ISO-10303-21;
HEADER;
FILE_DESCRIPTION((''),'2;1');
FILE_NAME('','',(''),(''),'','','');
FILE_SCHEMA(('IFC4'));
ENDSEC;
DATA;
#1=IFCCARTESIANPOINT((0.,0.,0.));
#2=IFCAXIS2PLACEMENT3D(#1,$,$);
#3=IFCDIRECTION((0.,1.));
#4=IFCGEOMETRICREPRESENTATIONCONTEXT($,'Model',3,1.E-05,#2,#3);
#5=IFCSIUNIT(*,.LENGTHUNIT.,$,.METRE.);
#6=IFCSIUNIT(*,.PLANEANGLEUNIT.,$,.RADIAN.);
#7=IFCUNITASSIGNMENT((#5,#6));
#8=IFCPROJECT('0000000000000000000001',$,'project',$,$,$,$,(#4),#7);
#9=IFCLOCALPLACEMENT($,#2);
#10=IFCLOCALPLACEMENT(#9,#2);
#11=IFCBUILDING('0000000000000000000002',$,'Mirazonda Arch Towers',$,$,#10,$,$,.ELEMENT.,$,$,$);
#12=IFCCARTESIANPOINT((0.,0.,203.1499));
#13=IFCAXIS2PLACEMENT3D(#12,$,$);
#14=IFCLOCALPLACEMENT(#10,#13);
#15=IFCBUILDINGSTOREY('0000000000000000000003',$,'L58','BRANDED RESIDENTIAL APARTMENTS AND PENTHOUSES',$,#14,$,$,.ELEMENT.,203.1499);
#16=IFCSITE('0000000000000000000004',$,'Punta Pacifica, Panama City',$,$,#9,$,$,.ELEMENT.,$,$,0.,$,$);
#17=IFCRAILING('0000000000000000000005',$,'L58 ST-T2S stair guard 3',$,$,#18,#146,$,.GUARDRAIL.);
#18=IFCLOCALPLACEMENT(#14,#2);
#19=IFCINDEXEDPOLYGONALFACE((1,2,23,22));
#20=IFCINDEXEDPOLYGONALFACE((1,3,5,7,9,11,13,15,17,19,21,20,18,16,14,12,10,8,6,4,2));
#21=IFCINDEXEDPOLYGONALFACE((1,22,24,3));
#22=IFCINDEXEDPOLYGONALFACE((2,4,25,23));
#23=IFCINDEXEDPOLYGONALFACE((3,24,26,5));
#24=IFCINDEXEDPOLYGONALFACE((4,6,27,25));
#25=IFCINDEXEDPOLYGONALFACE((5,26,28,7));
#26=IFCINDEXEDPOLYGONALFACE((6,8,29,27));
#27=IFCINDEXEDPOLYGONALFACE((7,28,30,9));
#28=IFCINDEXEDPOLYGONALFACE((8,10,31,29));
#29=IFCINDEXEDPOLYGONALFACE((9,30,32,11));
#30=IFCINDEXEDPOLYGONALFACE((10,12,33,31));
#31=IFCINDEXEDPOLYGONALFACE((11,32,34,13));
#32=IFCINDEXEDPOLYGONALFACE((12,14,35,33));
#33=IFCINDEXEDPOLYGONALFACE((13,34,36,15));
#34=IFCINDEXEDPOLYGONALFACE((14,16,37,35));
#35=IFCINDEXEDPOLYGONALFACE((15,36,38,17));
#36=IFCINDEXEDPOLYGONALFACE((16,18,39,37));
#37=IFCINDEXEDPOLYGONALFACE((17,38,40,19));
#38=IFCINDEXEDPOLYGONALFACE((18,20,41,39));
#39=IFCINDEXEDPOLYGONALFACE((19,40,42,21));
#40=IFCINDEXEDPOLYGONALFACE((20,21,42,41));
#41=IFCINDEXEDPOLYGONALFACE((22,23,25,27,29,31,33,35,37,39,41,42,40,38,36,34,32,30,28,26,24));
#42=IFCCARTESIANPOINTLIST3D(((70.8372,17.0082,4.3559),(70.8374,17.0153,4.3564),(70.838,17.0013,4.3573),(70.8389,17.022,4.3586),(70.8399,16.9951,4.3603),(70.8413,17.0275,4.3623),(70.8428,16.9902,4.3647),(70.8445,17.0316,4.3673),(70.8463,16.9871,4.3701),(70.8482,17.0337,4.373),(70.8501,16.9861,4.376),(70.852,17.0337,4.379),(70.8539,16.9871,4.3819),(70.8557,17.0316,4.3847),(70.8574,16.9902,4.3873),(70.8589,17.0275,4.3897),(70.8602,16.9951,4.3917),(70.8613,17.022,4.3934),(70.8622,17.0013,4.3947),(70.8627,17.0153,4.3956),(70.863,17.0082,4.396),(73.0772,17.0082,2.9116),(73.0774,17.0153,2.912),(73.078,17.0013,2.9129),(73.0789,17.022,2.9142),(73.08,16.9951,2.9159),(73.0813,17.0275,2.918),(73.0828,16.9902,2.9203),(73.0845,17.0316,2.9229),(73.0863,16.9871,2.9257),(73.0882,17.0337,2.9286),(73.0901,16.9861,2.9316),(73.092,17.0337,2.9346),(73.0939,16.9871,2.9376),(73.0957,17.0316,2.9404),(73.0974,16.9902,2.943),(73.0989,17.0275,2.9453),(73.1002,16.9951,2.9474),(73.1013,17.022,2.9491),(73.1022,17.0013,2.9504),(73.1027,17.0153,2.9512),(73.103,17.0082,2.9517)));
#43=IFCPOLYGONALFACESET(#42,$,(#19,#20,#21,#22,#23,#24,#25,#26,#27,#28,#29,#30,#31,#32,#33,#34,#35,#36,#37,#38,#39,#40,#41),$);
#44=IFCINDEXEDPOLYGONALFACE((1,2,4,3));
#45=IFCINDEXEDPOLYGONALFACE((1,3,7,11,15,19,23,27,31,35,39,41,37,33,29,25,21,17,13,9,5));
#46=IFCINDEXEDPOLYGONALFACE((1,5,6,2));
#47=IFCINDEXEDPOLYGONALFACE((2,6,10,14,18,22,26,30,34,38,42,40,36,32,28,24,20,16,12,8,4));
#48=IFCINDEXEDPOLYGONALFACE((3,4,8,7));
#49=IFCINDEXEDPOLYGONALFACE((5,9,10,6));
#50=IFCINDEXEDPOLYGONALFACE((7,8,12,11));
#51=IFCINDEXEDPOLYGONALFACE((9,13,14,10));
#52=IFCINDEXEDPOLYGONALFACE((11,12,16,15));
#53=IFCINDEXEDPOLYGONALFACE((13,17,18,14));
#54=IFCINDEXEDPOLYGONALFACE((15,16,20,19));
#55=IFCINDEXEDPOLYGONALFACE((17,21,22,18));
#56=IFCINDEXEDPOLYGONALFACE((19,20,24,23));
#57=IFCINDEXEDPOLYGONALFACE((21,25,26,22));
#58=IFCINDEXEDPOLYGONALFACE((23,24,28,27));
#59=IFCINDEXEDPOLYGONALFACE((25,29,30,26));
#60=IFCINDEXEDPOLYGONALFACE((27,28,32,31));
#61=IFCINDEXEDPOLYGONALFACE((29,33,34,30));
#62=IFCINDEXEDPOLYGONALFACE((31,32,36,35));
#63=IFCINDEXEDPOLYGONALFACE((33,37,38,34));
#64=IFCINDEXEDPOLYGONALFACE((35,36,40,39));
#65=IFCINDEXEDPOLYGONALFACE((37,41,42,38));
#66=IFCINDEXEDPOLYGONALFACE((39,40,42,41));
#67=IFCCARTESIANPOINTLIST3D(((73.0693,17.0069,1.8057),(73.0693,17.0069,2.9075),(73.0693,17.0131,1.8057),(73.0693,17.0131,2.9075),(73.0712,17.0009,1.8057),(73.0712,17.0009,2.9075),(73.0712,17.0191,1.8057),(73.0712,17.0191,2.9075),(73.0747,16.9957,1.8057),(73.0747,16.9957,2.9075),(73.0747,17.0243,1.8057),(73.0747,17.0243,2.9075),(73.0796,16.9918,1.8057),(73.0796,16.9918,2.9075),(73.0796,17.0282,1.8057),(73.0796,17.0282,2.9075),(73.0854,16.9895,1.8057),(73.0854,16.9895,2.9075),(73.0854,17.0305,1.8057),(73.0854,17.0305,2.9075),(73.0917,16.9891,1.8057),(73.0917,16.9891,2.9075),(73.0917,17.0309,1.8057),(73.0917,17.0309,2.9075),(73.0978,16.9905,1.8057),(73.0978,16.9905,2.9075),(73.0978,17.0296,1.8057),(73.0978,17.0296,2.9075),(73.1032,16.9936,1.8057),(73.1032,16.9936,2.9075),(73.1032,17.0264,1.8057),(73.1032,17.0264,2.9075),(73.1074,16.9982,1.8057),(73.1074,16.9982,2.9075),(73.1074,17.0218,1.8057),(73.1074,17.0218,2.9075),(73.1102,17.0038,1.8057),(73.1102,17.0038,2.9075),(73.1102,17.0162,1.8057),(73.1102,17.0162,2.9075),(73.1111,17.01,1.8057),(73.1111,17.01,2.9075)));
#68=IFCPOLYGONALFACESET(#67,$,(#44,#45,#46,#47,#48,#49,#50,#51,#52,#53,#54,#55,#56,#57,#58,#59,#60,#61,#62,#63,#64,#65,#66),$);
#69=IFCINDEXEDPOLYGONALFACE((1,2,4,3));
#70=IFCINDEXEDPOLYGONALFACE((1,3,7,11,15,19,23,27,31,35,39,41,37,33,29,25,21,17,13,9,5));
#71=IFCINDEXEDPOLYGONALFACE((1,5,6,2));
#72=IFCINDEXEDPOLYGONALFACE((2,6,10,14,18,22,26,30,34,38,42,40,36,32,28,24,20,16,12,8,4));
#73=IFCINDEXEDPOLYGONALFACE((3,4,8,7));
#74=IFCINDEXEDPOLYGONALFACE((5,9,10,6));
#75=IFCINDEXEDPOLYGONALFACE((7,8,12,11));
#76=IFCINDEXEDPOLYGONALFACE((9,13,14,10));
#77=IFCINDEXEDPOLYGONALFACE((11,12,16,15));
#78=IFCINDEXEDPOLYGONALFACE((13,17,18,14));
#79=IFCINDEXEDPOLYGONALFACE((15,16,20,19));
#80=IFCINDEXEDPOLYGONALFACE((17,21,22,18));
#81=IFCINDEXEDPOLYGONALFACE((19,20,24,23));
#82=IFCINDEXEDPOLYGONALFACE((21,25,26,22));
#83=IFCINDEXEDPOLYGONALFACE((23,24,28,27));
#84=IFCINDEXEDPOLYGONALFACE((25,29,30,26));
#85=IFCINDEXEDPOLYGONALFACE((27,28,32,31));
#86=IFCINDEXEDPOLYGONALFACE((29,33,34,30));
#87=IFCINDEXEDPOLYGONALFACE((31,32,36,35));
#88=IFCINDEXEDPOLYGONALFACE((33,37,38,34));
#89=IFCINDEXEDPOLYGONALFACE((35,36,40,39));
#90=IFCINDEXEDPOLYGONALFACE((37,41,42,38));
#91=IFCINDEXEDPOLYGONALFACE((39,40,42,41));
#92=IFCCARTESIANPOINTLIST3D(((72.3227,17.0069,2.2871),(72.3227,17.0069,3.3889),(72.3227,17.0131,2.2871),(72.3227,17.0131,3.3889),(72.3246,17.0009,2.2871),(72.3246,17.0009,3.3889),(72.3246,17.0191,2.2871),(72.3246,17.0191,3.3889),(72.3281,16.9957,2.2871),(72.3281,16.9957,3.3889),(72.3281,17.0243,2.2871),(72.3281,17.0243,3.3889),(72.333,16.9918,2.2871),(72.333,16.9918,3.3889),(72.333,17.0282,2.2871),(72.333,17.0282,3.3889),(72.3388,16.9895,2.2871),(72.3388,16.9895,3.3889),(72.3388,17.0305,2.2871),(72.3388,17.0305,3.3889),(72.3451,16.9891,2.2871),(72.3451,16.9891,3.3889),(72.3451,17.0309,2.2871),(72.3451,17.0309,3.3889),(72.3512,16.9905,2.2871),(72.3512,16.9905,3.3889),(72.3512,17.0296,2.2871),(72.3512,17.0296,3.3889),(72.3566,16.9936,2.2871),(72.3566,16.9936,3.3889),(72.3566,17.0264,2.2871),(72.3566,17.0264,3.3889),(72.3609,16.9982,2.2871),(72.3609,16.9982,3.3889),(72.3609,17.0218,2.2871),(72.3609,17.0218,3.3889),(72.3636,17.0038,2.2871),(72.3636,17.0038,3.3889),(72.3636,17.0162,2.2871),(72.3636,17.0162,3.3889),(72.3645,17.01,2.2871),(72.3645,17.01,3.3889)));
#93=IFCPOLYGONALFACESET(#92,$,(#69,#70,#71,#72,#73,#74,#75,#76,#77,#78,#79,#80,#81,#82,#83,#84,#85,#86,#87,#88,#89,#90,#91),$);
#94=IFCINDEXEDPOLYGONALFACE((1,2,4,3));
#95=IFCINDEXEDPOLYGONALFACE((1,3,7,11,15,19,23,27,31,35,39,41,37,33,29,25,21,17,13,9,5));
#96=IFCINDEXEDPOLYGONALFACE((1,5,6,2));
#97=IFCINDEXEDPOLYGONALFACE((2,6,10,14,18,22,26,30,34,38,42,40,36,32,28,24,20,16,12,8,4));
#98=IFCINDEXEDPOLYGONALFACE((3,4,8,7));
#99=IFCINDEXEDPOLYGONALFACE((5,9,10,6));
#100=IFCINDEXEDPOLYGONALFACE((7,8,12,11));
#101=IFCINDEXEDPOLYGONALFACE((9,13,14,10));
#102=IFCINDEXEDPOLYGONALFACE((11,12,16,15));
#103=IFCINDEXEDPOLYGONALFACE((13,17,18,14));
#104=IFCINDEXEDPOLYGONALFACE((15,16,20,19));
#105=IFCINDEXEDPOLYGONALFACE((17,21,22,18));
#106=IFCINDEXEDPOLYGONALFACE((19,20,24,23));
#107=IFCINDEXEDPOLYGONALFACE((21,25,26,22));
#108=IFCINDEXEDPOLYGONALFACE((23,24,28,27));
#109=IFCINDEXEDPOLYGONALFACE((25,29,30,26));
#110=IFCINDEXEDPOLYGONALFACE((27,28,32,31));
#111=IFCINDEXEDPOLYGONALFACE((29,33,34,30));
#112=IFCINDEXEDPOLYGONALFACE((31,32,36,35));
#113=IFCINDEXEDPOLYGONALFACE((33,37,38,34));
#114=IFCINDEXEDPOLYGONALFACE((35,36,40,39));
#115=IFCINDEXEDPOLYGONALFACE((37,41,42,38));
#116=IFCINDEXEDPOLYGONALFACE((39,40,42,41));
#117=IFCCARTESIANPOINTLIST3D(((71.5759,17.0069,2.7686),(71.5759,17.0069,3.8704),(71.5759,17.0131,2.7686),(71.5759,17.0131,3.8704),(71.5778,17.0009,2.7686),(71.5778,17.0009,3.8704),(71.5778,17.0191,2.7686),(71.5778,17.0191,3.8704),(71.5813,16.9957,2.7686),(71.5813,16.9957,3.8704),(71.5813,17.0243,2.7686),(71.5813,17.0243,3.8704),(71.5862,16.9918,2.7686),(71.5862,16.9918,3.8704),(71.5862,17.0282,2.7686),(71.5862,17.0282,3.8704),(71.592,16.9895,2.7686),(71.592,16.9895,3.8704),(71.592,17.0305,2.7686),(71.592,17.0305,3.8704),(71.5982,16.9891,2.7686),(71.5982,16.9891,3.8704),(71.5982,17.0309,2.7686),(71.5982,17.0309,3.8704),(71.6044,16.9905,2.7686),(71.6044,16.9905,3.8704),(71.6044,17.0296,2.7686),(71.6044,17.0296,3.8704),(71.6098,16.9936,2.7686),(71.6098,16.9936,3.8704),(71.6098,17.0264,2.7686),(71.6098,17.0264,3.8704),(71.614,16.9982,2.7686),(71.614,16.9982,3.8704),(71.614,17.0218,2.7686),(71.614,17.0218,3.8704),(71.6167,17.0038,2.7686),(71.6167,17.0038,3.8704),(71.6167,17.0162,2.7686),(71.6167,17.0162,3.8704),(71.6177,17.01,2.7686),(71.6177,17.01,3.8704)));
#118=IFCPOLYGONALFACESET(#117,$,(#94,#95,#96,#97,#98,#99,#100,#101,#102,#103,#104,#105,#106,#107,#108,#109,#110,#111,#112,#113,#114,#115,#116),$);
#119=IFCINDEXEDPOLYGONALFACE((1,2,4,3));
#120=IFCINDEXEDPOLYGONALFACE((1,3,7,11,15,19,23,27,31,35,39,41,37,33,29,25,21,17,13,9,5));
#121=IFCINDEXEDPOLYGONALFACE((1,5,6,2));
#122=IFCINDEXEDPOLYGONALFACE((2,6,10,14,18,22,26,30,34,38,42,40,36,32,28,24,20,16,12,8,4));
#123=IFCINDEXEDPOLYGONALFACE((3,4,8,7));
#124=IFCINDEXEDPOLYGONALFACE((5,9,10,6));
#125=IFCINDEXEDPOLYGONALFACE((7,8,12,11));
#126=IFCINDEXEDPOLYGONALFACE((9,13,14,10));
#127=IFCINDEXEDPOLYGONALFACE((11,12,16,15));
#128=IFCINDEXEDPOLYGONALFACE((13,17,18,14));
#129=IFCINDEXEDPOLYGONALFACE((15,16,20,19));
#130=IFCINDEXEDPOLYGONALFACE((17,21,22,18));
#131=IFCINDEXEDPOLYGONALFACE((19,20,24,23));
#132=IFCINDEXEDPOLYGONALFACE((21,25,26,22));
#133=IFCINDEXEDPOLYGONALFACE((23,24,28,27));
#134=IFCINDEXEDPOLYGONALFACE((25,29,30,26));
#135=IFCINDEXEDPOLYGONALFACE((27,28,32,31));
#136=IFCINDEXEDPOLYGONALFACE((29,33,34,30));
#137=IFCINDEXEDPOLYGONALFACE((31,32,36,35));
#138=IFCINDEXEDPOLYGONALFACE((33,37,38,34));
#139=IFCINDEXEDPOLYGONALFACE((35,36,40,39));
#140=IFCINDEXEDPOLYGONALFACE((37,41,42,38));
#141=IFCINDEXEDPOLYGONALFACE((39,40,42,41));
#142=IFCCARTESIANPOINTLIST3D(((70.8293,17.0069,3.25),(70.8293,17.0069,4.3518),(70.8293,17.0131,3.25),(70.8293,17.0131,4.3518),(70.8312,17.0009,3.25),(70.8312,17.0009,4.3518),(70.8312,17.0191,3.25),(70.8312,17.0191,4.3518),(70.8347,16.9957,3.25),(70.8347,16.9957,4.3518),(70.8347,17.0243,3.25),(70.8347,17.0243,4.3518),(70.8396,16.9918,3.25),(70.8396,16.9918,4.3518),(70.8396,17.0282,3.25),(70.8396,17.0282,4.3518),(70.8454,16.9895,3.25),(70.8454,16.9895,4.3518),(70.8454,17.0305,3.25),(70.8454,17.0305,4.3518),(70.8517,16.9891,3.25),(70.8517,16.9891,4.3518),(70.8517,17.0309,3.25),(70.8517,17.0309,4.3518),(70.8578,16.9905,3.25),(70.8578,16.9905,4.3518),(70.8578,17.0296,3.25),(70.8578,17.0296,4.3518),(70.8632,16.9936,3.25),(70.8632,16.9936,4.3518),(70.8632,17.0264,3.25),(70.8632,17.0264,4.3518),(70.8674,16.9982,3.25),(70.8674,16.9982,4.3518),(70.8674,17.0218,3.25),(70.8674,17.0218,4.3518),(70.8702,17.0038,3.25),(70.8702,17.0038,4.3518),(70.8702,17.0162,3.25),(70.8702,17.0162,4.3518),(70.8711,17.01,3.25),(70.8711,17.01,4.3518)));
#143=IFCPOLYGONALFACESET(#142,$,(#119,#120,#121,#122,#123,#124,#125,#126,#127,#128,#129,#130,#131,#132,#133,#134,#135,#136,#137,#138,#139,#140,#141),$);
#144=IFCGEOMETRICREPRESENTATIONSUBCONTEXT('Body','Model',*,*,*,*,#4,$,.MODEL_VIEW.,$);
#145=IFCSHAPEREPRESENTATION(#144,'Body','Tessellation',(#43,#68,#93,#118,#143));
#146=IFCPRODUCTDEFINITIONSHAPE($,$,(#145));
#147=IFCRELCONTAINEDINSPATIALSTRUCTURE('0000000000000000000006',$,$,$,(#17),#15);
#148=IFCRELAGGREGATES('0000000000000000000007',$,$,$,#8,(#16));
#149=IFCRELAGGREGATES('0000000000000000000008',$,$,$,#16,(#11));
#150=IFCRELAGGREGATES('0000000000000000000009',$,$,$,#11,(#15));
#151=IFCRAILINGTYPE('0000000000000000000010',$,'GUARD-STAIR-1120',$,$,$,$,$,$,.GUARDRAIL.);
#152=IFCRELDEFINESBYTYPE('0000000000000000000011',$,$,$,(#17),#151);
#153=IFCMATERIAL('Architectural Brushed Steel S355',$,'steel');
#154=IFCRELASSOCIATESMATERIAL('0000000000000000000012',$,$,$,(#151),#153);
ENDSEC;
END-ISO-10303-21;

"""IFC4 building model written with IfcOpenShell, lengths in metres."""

from ifc_helpers import new_model, si_unit, direction, frame, origin, origin_2d, place, context, subcontext, project, spatial, circle, extrude, material, type_object, element, save


model = new_model("IFC4")

# Units and contexts
model_context = context("Model", 3, precision=1e-05, world=origin(), true_north=direction((0.0, 1.0)))
body_context = subcontext(model_context, "Body", "Model", "MODEL_VIEW")
ifc_project = project(units=[si_unit("LENGTHUNIT", "METRE"), si_unit("PLANEANGLEUNIT", "RADIAN")], contexts=[model_context])

# Site, building, storey
site_placement = place(None, origin())
site = spatial("IfcSite", under=ifc_project, at=site_placement, Name="Punta Pacifica, Panama City", CompositionType="ELEMENT", RefElevation=0.0)
building_placement = place(site_placement, origin())
building = spatial("IfcBuilding", under=site, at=building_placement, Name="Mirazonda Arch Towers", CompositionType="ELEMENT")
storey_placement = place(building_placement, frame((0.0, 0.0, 203.1499)))
storey = spatial("IfcBuildingStorey", under=building, at=storey_placement, Name="L58", Description="BRANDED RESIDENTIAL APARTMENTS AND PENTHOUSES", CompositionType="ELEMENT", Elevation=203.1499)

# Shared definitions
ifc_material_1 = material(Name="Architectural Brushed Steel S355", Category="steel")

# Railing
railing_type_1 = type_object("IfcRailingType", Name="GUARD-STAIR-1120", PredefinedType="GUARDRAIL", material=ifc_material_1)
railing_1_placement = place(storey_placement, frame((73.0901, 17.01, 1.8057)))
element("IfcRailing", 1, at=railing_1_placement, inside=storey, type_object=railing_type_1, Name="L58 ST-T2S stair guard 3", PredefinedType="GUARDRAIL", context=body_context, shape_type="SweptSolid", body=[
    extrude(circle(Radius=0.0239, at=origin_2d()), frame((0.0, 0.0, 1.126), z_axis=(-0.840437, 0.0, 0.54191), x_axis=(0.0, -1.0, 0.0)), (0.0, 0.0, 1.0), 2.6653),
    extrude(circle(Radius=0.021, at=origin_2d()), origin(), (0.0, 0.0, 1.0), 1.1018),
    extrude(circle(Radius=0.021, at=origin_2d()), frame((-0.7466, 0.0, 0.4814)), (0.0, 0.0, 1.0), 1.1018),
    extrude(circle(Radius=0.021, at=origin_2d()), frame((-1.4934, 0.0, 0.9629)), (0.0, 0.0, 1.0), 1.1018),
    extrude(circle(Radius=0.021, at=origin_2d()), frame((-2.24, 0.0, 1.4443)), (0.0, 0.0, 1.0), 1.1018),
])

save(model, "model.ifc")
